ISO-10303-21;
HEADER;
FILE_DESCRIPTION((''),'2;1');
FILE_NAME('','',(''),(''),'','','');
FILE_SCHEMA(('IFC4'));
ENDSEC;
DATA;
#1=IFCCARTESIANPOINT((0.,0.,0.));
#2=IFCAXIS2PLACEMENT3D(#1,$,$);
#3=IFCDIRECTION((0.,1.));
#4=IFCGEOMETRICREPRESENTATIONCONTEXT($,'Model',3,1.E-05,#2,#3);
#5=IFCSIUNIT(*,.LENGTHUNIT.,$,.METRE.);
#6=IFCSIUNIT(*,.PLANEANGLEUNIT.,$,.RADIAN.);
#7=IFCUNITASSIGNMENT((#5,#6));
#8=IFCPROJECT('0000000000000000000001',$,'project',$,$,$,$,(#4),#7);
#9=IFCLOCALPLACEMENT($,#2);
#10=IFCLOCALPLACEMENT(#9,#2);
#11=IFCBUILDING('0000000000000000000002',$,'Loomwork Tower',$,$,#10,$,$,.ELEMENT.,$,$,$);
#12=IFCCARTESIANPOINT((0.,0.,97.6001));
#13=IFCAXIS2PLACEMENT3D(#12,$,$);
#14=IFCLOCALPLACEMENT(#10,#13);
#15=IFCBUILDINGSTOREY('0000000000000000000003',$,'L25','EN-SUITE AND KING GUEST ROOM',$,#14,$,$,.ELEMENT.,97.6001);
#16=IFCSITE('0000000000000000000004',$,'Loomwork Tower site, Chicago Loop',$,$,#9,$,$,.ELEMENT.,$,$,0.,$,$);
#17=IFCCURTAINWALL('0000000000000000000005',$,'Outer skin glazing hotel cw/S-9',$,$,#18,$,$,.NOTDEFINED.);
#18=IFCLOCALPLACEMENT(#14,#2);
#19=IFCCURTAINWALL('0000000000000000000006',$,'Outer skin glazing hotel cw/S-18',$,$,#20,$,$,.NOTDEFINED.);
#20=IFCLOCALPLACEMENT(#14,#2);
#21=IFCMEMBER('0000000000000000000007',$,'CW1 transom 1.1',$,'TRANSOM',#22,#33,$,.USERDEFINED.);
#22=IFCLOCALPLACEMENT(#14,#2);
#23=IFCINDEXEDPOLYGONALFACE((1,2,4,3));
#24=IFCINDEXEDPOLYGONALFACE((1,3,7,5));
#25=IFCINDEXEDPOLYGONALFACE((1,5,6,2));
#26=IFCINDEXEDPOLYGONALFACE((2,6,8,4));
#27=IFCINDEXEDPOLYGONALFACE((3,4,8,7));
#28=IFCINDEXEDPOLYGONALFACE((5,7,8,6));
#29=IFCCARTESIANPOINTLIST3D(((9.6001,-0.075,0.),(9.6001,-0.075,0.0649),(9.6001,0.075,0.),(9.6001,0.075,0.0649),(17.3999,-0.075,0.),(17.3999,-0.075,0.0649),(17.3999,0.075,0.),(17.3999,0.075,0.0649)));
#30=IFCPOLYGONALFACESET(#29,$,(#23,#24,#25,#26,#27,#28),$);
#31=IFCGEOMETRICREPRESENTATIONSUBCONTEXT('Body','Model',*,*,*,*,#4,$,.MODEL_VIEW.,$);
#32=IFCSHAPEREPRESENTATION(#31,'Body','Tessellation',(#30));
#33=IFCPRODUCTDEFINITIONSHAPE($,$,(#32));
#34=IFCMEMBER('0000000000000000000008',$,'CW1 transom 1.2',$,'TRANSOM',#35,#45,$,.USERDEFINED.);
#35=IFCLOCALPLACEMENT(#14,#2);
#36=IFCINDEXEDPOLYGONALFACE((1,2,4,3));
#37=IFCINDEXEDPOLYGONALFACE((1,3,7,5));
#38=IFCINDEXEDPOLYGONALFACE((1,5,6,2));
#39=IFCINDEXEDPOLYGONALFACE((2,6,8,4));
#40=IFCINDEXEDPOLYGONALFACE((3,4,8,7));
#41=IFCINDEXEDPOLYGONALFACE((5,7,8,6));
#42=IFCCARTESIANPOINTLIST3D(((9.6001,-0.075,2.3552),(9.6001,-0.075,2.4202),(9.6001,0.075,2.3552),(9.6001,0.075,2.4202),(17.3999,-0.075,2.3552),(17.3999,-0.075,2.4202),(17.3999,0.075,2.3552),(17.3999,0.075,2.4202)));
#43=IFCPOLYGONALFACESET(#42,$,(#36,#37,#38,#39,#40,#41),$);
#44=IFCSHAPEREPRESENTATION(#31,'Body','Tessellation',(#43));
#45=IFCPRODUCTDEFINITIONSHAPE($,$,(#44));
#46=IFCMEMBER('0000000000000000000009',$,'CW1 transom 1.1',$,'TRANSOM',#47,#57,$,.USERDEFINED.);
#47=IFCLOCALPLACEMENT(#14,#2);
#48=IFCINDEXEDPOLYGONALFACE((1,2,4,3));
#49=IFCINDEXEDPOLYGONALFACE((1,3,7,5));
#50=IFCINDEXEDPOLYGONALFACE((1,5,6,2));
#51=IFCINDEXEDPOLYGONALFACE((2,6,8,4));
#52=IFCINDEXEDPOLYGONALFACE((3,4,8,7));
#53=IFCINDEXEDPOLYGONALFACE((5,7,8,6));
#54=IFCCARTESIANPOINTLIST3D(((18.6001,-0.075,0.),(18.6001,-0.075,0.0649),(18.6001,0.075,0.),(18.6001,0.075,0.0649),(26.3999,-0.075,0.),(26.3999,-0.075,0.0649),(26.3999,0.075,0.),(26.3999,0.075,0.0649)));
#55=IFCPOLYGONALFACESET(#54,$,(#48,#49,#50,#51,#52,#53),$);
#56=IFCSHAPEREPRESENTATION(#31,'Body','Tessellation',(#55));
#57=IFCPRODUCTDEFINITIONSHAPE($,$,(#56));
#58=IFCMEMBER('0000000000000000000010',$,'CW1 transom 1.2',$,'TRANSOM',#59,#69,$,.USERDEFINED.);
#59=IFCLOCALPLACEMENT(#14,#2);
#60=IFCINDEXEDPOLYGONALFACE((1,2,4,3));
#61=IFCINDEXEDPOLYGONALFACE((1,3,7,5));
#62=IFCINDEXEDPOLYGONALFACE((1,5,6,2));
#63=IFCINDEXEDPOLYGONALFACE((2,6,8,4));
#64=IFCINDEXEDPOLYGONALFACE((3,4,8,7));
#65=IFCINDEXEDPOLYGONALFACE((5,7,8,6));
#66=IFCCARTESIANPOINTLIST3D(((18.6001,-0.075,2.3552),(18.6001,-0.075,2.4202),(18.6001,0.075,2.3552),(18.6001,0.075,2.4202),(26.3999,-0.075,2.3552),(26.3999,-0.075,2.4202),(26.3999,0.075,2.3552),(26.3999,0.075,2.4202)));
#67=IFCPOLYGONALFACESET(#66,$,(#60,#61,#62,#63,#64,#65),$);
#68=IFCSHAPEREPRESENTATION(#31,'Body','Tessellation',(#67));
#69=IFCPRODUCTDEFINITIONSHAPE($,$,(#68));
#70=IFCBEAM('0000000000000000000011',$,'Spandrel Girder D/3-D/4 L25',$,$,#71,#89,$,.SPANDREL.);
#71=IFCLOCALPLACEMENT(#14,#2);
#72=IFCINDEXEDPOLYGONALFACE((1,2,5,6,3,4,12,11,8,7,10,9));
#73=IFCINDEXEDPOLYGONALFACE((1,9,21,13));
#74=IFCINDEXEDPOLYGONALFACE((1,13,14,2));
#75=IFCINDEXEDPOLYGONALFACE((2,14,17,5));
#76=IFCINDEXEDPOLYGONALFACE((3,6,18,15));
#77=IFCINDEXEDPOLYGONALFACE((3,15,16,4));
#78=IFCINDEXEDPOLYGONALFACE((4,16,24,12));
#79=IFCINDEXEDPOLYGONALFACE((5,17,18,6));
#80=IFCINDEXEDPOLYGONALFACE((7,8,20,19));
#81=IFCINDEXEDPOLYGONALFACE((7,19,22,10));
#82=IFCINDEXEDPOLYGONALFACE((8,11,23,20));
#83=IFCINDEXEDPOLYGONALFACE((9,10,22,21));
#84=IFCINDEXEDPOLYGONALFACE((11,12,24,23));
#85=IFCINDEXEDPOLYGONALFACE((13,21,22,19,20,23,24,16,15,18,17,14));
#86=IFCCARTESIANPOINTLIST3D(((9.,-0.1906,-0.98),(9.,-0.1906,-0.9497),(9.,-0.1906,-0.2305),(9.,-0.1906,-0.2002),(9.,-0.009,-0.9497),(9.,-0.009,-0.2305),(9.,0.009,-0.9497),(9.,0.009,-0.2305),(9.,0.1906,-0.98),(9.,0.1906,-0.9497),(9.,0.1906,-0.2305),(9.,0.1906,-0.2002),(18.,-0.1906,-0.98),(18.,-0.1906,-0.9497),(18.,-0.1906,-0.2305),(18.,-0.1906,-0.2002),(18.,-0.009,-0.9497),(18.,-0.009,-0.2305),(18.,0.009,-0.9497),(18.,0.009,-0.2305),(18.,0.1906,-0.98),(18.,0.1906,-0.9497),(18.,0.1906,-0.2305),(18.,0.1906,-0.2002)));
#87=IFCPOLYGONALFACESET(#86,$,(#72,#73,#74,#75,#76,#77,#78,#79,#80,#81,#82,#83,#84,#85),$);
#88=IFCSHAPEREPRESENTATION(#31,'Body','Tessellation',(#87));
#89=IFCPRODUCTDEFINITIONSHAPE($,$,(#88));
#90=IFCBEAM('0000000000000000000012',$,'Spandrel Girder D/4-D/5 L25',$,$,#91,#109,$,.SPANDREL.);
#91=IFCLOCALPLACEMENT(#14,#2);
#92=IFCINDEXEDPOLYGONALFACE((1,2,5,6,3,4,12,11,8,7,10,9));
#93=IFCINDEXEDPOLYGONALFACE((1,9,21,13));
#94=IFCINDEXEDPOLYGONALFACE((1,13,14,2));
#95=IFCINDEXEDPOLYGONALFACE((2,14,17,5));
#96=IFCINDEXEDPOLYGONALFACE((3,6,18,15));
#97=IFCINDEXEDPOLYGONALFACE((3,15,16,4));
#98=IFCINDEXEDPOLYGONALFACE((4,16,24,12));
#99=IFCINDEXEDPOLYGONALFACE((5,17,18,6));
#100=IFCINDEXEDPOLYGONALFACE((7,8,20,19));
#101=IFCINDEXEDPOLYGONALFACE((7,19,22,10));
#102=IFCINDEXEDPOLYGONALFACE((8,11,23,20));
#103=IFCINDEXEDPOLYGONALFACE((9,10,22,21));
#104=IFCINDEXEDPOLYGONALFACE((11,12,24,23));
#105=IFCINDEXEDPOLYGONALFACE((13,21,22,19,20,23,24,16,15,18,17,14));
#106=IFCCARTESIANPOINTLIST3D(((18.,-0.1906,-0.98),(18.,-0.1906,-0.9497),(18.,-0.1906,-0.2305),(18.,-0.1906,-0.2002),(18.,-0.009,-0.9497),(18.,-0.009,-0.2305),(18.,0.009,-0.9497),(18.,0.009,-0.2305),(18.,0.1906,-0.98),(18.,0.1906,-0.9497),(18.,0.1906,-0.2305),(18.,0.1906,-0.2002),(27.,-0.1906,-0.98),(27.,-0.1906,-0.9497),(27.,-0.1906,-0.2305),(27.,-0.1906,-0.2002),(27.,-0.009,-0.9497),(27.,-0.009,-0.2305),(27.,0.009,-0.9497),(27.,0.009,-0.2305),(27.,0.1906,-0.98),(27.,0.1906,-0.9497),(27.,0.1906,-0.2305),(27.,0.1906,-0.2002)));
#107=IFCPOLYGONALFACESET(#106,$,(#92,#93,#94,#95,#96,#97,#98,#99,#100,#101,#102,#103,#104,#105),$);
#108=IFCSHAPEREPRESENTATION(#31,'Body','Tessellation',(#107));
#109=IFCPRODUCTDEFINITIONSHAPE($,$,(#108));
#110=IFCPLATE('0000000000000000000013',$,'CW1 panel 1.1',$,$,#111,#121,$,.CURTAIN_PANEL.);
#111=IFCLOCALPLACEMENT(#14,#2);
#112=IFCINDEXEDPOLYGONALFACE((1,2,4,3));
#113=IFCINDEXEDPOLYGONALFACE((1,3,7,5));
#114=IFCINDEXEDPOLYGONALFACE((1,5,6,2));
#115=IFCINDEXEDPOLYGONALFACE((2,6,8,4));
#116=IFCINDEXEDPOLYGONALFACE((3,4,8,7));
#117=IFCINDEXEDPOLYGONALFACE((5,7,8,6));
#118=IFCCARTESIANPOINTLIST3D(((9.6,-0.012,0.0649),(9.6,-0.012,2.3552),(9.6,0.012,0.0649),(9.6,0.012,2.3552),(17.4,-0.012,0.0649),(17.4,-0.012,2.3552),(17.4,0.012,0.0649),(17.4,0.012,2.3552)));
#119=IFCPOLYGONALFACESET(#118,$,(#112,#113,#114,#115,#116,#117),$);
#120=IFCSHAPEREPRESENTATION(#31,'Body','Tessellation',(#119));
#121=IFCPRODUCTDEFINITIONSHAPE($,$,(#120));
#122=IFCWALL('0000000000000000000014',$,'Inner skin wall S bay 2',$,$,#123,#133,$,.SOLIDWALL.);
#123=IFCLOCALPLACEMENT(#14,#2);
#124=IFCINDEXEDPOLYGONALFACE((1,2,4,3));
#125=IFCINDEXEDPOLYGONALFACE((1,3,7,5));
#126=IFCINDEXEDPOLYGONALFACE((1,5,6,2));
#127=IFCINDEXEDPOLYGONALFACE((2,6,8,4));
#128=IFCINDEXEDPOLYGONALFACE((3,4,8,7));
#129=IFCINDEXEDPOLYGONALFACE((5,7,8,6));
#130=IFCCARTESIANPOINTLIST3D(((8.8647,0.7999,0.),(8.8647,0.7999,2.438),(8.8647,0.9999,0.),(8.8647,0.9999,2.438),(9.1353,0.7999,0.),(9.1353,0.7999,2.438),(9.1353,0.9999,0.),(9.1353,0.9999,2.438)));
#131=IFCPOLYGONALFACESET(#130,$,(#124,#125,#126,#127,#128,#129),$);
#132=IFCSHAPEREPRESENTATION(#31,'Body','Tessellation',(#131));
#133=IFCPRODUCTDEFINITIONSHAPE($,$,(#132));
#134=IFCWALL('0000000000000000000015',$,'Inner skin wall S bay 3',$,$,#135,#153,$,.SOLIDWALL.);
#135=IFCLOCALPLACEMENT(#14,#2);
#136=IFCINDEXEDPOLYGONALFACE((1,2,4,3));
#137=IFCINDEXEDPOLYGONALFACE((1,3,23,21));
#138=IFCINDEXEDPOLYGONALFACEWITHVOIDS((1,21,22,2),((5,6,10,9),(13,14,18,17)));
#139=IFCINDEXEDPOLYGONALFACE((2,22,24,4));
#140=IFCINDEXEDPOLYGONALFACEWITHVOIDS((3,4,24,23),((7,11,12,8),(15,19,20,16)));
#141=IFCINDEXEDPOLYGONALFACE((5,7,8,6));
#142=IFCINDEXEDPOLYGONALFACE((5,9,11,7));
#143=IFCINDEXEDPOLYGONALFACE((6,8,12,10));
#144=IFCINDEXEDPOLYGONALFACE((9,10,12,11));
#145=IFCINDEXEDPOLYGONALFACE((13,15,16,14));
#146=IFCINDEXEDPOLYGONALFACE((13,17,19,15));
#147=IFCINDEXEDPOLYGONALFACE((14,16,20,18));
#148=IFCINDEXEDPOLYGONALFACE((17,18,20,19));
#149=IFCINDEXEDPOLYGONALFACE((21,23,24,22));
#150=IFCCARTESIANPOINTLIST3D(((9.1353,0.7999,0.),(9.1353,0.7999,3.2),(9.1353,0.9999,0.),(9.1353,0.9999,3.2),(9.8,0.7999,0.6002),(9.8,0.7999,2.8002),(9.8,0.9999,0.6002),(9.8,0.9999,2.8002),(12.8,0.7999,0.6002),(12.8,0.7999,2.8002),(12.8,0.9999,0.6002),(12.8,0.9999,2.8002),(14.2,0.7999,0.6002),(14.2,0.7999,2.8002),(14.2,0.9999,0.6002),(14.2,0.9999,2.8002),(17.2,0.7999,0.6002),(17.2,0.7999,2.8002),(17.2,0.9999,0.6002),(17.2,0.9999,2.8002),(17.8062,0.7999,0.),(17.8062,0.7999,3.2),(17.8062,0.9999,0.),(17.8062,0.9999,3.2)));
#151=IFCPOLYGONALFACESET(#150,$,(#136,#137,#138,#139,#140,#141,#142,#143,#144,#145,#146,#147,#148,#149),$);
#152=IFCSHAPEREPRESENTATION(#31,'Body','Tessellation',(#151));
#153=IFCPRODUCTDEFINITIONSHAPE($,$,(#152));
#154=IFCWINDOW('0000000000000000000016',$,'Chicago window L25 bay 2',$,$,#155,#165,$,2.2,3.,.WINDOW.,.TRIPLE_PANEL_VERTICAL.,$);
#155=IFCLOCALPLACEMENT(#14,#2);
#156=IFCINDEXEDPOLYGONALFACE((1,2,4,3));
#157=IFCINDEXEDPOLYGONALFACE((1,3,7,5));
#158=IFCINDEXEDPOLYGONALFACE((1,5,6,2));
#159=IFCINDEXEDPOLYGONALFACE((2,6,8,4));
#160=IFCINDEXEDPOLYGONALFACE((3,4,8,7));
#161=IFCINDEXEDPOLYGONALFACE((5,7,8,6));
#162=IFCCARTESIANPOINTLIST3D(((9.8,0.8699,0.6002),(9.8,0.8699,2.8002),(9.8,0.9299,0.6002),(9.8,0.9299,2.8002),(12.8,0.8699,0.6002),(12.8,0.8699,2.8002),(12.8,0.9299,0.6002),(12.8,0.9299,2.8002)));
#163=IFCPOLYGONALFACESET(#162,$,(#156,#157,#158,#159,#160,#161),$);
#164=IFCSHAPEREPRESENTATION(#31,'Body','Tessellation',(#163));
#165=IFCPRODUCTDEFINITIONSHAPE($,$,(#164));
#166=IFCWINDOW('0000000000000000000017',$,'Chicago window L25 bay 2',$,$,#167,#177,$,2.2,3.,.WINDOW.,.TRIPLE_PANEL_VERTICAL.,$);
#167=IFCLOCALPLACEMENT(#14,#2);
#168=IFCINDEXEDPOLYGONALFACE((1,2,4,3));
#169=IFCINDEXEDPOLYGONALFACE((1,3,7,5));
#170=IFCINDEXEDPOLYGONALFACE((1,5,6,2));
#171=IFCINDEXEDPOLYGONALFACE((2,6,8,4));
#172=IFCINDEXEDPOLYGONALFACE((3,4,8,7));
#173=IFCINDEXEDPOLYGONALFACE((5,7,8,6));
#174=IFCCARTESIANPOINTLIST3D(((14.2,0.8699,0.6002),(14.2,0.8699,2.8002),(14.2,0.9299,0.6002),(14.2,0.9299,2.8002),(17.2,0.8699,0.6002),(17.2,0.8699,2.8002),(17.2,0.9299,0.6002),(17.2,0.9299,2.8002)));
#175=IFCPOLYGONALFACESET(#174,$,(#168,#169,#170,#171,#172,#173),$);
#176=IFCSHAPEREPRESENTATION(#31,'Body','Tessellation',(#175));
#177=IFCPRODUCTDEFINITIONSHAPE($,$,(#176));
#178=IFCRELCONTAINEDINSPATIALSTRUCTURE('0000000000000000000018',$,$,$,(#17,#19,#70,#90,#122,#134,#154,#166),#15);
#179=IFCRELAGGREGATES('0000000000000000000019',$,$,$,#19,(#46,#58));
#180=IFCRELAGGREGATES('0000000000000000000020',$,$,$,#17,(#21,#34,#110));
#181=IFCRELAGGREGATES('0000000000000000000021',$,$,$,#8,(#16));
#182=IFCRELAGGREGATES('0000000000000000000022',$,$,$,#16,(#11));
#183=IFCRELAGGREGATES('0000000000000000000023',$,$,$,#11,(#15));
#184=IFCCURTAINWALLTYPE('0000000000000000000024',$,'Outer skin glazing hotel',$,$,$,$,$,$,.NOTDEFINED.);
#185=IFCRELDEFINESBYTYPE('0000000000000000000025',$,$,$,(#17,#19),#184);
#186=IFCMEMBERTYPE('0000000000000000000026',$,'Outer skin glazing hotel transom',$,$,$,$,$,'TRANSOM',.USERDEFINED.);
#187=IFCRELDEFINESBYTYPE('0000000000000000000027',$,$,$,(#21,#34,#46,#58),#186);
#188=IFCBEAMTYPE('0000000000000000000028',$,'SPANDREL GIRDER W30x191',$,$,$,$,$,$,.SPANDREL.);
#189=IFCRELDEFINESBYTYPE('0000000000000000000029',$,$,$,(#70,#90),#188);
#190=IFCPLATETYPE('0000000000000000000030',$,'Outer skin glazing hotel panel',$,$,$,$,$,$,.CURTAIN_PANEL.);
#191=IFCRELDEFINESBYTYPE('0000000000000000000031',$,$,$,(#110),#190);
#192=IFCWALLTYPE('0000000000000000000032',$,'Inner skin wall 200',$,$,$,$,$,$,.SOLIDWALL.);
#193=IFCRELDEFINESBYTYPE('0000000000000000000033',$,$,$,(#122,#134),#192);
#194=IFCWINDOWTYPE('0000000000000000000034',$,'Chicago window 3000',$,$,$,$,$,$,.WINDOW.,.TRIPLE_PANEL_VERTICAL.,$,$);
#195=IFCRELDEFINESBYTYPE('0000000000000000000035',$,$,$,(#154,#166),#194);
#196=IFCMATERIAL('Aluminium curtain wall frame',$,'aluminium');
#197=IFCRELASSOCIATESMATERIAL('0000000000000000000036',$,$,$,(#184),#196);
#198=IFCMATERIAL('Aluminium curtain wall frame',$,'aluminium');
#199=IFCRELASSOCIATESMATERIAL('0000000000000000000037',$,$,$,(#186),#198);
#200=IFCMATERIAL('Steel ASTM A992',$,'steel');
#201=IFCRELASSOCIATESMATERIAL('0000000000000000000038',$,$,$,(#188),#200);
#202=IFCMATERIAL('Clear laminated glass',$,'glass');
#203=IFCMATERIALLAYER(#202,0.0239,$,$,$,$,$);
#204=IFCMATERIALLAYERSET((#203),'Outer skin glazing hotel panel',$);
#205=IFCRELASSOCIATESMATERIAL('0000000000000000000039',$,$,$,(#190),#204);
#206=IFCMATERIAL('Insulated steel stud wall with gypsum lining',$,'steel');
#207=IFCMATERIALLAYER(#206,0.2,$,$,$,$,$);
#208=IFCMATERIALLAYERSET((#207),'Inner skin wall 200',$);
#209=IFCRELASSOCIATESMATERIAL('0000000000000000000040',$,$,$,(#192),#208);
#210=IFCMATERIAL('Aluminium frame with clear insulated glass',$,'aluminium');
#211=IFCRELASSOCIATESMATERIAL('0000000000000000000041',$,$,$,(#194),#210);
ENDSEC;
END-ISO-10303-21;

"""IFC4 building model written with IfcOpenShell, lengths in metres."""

from ifc_helpers import new_model, si_unit, direction, frame, frame_2d, origin, origin_2d, place, context, subcontext, project, spatial, rectangle, i_section, extrude, material, layer, layer_set, material_profile, profile_set, type_object, element, fill, aggregate, save


model = new_model("IFC4")

# Units and contexts
model_context = context("Model", 3, precision=1e-05, world=origin(), true_north=direction((0.0, 1.0)))
body_context = subcontext(model_context, "Body", "Model", "MODEL_VIEW")
ifc_project = project(units=[si_unit("LENGTHUNIT", "METRE"), si_unit("PLANEANGLEUNIT", "RADIAN")], contexts=[model_context])

# Site, building, storey
site_placement = place(None, origin())
site = spatial("IfcSite", under=ifc_project, at=site_placement, Name="Loomwork Tower site, Chicago Loop", CompositionType="ELEMENT", RefElevation=0.0)
building_placement = place(site_placement, origin())
building = spatial("IfcBuilding", under=site, at=building_placement, Name="Loomwork Tower", CompositionType="ELEMENT")
storey_placement = place(building_placement, frame((0.0, 0.0, 97.6001)))
storey = spatial("IfcBuildingStorey", under=building, at=storey_placement, Name="L25", Description="EN-SUITE AND KING GUEST ROOM", CompositionType="ELEMENT", Elevation=97.6001)

# Shared definitions
ifc_material_1 = material(Name="Aluminium curtain wall frame", Category="aluminium")
curtain_wall_type = type_object("IfcCurtainWallType", Name="Outer skin glazing hotel", PredefinedType="NOTDEFINED", material=ifc_material_1)

# Curtain wall
curtain_wall_1_placement = place(storey_placement, origin())
curtain_wall_1 = element("IfcCurtainWall", 1, at=curtain_wall_1_placement, inside=storey, type_object=curtain_wall_type, Name="Outer skin glazing hotel cw/S-9", PredefinedType="NOTDEFINED")

# Curtain wall
curtain_wall_2_placement = place(storey_placement, origin())
curtain_wall_2 = element("IfcCurtainWall", 2, at=curtain_wall_2_placement, inside=storey, type_object=curtain_wall_type, Name="Outer skin glazing hotel cw/S-18", PredefinedType="NOTDEFINED")

# Members
ifc_material_2 = material(Name="Aluminium curtain wall frame", Category="aluminium")
ifc_material_profile_1 = material_profile(ifc_material_2, rectangle(XDim=0.1499, YDim=0.0649, at=origin_2d()), Name="AL 65x150")
ifc_profile_set_1 = profile_set([ifc_material_profile_1], Name="Aluminium curtain wall frame")
member_type_1 = type_object("IfcMemberType", Name="Outer skin glazing hotel transom", ElementType="TRANSOM", PredefinedType="USERDEFINED", material=ifc_profile_set_1)
member_1_placement = place(storey_placement, frame((9.6001, 0.0, 0.0325), z_axis=(1.0, 0.0, 0.0), x_axis=(0.0, 1.0, 0.0)))
member_1 = element("IfcMember", 3, at=member_1_placement, type_object=member_type_1, Name="CW1 transom 1.1", ObjectType="TRANSOM", PredefinedType="USERDEFINED", context=body_context, shape_type="SweptSolid", body=[
    extrude(rectangle(XDim=0.1499, YDim=0.0649, at=origin_2d()), origin(), (0.0, 0.0, 1.0), 7.7998),
])
member_2_placement = place(storey_placement, frame((9.6001, 0.0, 2.3877), z_axis=(1.0, 0.0, 0.0), x_axis=(0.0, 1.0, 0.0)))
member_2 = element("IfcMember", 4, at=member_2_placement, type_object=member_type_1, Name="CW1 transom 1.2", ObjectType="TRANSOM", PredefinedType="USERDEFINED", context=body_context, shape_type="SweptSolid", body=[
    extrude(rectangle(XDim=0.1499, YDim=0.0649, at=origin_2d()), origin(), (0.0, 0.0, 1.0), 7.7998),
])
member_3_placement = place(storey_placement, frame((18.6001, 0.0, 0.0325), z_axis=(1.0, 0.0, 0.0), x_axis=(0.0, 1.0, 0.0)))
member_3 = element("IfcMember", 5, at=member_3_placement, type_object=member_type_1, Name="CW1 transom 1.1", ObjectType="TRANSOM", PredefinedType="USERDEFINED", context=body_context, shape_type="SweptSolid", body=[
    extrude(rectangle(XDim=0.1499, YDim=0.0649, at=origin_2d()), origin(), (0.0, 0.0, 1.0), 7.7998),
])
member_4_placement = place(storey_placement, frame((18.6001, 0.0, 2.3877), z_axis=(1.0, 0.0, 0.0), x_axis=(0.0, 1.0, 0.0)))
member_4 = element("IfcMember", 6, at=member_4_placement, type_object=member_type_1, Name="CW1 transom 1.2", ObjectType="TRANSOM", PredefinedType="USERDEFINED", context=body_context, shape_type="SweptSolid", body=[
    extrude(rectangle(XDim=0.1499, YDim=0.0649, at=origin_2d()), origin(), (0.0, 0.0, 1.0), 7.7998),
])
aggregate(curtain_wall_2, [member_3, member_4])

# Beams
ifc_material_3 = material(Name="Steel ASTM A992", Category="steel")
ifc_material_profile_2 = material_profile(ifc_material_3, i_section(OverallWidth=0.3811, OverallDepth=0.7798, WebThickness=0.0181, FlangeThickness=0.0303, at=origin_2d()), Name="W30x191")
ifc_profile_set_2 = profile_set([ifc_material_profile_2], Name="Steel ASTM A992")
beam_type_1 = type_object("IfcBeamType", Name="SPANDREL GIRDER W30x191", PredefinedType="SPANDREL", material=ifc_profile_set_2)
for number, where, z_axis, x_axis, name in (
    (7, (9.0, 0.0, -0.5901), (1.0, 0.0, 0.0), (0.0, 1.0, 0.0), "Spandrel Girder D/3-D/4 L25"),
    (8, (18.0, 0.0, -0.5901), (1.0, 0.0, 0.0), (0.0, 1.0, 0.0), "Spandrel Girder D/4-D/5 L25"),
):
    element("IfcBeam", number, at=place(storey_placement, frame(where, z_axis=z_axis, x_axis=x_axis)), inside=storey, type_object=beam_type_1, Name=name, PredefinedType="SPANDREL", context=body_context, shape_type="SweptSolid", body=[
        extrude(i_section(OverallWidth=0.3811, OverallDepth=0.7798, WebThickness=0.0181, FlangeThickness=0.0303, at=origin_2d()), origin(), (0.0, 0.0, 1.0), 9.0),
    ])

# Plate
ifc_material_4 = material(Name="Clear laminated glass", Category="glass")
ifc_layer_1 = layer(ifc_material_4, 0.0239)
ifc_layer_set_1 = layer_set([ifc_layer_1], Name="Outer skin glazing hotel panel")
plate_type = type_object("IfcPlateType", Name="Outer skin glazing hotel panel", PredefinedType="CURTAIN_PANEL", material=ifc_layer_set_1)
plate_placement = place(storey_placement, frame((13.5, 0.0, 0.0649), z_axis=(0.0, 0.0, 1.0), x_axis=(1.0, 0.0, 0.0)))
plate = element("IfcPlate", 9, at=plate_placement, type_object=plate_type, Name="CW1 panel 1.1", PredefinedType="CURTAIN_PANEL", context=body_context, shape_type="SweptSolid", body=[
    extrude(rectangle(XDim=7.8, YDim=0.0239, at=origin_2d()), origin(), (0.0, 0.0, 1.0), 2.2903),
])
aggregate(curtain_wall_1, [member_1, member_2, plate])

# Wall
ifc_material_5 = material(Name="Insulated steel stud wall with gypsum lining", Category="steel")
ifc_layer_2 = layer(ifc_material_5, 0.2)
ifc_layer_set_2 = layer_set([ifc_layer_2], Name="Inner skin wall 200")
wall_type = type_object("IfcWallType", Name="Inner skin wall 200", PredefinedType="SOLIDWALL", material=ifc_layer_set_2)
wall_1_placement = place(storey_placement, frame((8.8647, 0.8999, 0.0), z_axis=(0.0, 0.0, 1.0), x_axis=(1.0, 0.0, 0.0)))
element("IfcWall", 10, at=wall_1_placement, inside=storey, type_object=wall_type, Name="Inner skin wall S bay 2", PredefinedType="SOLIDWALL", context=body_context, shape_type="SweptSolid", body=[
    extrude(rectangle(XDim=0.2705, YDim=0.2, at=frame_2d((0.1353, 0.0))), origin(), (0.0, 0.0, 1.0), 2.438),
])

# Wall, openings, windows
wall_2_placement = place(storey_placement, frame((9.1353, 0.8999, 0.0), z_axis=(0.0, 0.0, 1.0), x_axis=(1.0, 0.0, 0.0)))
wall_2 = element("IfcWall", 11, at=wall_2_placement, inside=storey, type_object=wall_type, Name="Inner skin wall S bay 3", PredefinedType="SOLIDWALL", context=body_context, shape_type="SweptSolid", body=[
    extrude(rectangle(XDim=8.6709, YDim=0.2, at=frame_2d((4.3354, 0.0))), origin(), (0.0, 0.0, 1.0), 3.2),
])
opening_1_placement = place(wall_2_placement, frame((0.6648, 0.0, 0.6001)))
opening_1 = element("IfcOpeningElement", 12, at=opening_1_placement, cuts=wall_2, PredefinedType="OPENING", context=body_context, shape_type="SweptSolid", body=[
    extrude(rectangle(XDim=3.0, YDim=2.2, at=frame_2d((1.5, 1.1001))), frame((0.0, 0.1099, 0.0), z_axis=(0.0, -1.0, 0.0), x_axis=(1.0, 0.0, 0.0)), (0.0, 0.0, 1.0), 0.22),
])
opening_2_placement = place(wall_2_placement, frame((5.0647, 0.0, 0.6001)))
opening_2 = element("IfcOpeningElement", 13, at=opening_2_placement, cuts=wall_2, PredefinedType="OPENING", context=body_context, shape_type="SweptSolid", body=[
    extrude(rectangle(XDim=3.0, YDim=2.2, at=frame_2d((1.5, 1.1001))), frame((0.0, 0.1099, 0.0), z_axis=(0.0, -1.0, 0.0), x_axis=(1.0, 0.0, 0.0)), (0.0, 0.0, 1.0), 0.22),
])
ifc_material_6 = material(Name="Aluminium frame with clear insulated glass", Category="aluminium")
window_type = type_object("IfcWindowType", Name="Chicago window 3000", PartitioningType="TRIPLE_PANEL_VERTICAL", PredefinedType="WINDOW", material=ifc_material_6)
window_1_placement = place(opening_1_placement, origin())
window_1 = element("IfcWindow", 14, at=window_1_placement, inside=storey, type_object=window_type, Name="Chicago window L25 bay 2", OverallHeight=2.2, OverallWidth=3.0, PartitioningType="TRIPLE_PANEL_VERTICAL", PredefinedType="WINDOW", context=body_context, shape_type="SweptSolid", body=[
    extrude(rectangle(XDim=3.0, YDim=2.2, at=frame_2d((1.5, 1.1001))), frame((0.0, 0.03, 0.0), z_axis=(0.0, -1.0, 0.0), x_axis=(1.0, 0.0, 0.0)), (0.0, 0.0, 1.0), 0.0601),
])
fill(opening_1, window_1)
window_2_placement = place(opening_2_placement, origin())
window_2 = element("IfcWindow", 15, at=window_2_placement, inside=storey, type_object=window_type, Name="Chicago window L25 bay 2", OverallHeight=2.2, OverallWidth=3.0, PartitioningType="TRIPLE_PANEL_VERTICAL", PredefinedType="WINDOW", context=body_context, shape_type="SweptSolid", body=[
    extrude(rectangle(XDim=3.0, YDim=2.2, at=frame_2d((1.5, 1.1001))), frame((0.0, 0.03, 0.0), z_axis=(0.0, -1.0, 0.0), x_axis=(1.0, 0.0, 0.0)), (0.0, 0.0, 1.0), 0.0601),
])
fill(opening_2, window_2)

save(model, "model.ifc")
